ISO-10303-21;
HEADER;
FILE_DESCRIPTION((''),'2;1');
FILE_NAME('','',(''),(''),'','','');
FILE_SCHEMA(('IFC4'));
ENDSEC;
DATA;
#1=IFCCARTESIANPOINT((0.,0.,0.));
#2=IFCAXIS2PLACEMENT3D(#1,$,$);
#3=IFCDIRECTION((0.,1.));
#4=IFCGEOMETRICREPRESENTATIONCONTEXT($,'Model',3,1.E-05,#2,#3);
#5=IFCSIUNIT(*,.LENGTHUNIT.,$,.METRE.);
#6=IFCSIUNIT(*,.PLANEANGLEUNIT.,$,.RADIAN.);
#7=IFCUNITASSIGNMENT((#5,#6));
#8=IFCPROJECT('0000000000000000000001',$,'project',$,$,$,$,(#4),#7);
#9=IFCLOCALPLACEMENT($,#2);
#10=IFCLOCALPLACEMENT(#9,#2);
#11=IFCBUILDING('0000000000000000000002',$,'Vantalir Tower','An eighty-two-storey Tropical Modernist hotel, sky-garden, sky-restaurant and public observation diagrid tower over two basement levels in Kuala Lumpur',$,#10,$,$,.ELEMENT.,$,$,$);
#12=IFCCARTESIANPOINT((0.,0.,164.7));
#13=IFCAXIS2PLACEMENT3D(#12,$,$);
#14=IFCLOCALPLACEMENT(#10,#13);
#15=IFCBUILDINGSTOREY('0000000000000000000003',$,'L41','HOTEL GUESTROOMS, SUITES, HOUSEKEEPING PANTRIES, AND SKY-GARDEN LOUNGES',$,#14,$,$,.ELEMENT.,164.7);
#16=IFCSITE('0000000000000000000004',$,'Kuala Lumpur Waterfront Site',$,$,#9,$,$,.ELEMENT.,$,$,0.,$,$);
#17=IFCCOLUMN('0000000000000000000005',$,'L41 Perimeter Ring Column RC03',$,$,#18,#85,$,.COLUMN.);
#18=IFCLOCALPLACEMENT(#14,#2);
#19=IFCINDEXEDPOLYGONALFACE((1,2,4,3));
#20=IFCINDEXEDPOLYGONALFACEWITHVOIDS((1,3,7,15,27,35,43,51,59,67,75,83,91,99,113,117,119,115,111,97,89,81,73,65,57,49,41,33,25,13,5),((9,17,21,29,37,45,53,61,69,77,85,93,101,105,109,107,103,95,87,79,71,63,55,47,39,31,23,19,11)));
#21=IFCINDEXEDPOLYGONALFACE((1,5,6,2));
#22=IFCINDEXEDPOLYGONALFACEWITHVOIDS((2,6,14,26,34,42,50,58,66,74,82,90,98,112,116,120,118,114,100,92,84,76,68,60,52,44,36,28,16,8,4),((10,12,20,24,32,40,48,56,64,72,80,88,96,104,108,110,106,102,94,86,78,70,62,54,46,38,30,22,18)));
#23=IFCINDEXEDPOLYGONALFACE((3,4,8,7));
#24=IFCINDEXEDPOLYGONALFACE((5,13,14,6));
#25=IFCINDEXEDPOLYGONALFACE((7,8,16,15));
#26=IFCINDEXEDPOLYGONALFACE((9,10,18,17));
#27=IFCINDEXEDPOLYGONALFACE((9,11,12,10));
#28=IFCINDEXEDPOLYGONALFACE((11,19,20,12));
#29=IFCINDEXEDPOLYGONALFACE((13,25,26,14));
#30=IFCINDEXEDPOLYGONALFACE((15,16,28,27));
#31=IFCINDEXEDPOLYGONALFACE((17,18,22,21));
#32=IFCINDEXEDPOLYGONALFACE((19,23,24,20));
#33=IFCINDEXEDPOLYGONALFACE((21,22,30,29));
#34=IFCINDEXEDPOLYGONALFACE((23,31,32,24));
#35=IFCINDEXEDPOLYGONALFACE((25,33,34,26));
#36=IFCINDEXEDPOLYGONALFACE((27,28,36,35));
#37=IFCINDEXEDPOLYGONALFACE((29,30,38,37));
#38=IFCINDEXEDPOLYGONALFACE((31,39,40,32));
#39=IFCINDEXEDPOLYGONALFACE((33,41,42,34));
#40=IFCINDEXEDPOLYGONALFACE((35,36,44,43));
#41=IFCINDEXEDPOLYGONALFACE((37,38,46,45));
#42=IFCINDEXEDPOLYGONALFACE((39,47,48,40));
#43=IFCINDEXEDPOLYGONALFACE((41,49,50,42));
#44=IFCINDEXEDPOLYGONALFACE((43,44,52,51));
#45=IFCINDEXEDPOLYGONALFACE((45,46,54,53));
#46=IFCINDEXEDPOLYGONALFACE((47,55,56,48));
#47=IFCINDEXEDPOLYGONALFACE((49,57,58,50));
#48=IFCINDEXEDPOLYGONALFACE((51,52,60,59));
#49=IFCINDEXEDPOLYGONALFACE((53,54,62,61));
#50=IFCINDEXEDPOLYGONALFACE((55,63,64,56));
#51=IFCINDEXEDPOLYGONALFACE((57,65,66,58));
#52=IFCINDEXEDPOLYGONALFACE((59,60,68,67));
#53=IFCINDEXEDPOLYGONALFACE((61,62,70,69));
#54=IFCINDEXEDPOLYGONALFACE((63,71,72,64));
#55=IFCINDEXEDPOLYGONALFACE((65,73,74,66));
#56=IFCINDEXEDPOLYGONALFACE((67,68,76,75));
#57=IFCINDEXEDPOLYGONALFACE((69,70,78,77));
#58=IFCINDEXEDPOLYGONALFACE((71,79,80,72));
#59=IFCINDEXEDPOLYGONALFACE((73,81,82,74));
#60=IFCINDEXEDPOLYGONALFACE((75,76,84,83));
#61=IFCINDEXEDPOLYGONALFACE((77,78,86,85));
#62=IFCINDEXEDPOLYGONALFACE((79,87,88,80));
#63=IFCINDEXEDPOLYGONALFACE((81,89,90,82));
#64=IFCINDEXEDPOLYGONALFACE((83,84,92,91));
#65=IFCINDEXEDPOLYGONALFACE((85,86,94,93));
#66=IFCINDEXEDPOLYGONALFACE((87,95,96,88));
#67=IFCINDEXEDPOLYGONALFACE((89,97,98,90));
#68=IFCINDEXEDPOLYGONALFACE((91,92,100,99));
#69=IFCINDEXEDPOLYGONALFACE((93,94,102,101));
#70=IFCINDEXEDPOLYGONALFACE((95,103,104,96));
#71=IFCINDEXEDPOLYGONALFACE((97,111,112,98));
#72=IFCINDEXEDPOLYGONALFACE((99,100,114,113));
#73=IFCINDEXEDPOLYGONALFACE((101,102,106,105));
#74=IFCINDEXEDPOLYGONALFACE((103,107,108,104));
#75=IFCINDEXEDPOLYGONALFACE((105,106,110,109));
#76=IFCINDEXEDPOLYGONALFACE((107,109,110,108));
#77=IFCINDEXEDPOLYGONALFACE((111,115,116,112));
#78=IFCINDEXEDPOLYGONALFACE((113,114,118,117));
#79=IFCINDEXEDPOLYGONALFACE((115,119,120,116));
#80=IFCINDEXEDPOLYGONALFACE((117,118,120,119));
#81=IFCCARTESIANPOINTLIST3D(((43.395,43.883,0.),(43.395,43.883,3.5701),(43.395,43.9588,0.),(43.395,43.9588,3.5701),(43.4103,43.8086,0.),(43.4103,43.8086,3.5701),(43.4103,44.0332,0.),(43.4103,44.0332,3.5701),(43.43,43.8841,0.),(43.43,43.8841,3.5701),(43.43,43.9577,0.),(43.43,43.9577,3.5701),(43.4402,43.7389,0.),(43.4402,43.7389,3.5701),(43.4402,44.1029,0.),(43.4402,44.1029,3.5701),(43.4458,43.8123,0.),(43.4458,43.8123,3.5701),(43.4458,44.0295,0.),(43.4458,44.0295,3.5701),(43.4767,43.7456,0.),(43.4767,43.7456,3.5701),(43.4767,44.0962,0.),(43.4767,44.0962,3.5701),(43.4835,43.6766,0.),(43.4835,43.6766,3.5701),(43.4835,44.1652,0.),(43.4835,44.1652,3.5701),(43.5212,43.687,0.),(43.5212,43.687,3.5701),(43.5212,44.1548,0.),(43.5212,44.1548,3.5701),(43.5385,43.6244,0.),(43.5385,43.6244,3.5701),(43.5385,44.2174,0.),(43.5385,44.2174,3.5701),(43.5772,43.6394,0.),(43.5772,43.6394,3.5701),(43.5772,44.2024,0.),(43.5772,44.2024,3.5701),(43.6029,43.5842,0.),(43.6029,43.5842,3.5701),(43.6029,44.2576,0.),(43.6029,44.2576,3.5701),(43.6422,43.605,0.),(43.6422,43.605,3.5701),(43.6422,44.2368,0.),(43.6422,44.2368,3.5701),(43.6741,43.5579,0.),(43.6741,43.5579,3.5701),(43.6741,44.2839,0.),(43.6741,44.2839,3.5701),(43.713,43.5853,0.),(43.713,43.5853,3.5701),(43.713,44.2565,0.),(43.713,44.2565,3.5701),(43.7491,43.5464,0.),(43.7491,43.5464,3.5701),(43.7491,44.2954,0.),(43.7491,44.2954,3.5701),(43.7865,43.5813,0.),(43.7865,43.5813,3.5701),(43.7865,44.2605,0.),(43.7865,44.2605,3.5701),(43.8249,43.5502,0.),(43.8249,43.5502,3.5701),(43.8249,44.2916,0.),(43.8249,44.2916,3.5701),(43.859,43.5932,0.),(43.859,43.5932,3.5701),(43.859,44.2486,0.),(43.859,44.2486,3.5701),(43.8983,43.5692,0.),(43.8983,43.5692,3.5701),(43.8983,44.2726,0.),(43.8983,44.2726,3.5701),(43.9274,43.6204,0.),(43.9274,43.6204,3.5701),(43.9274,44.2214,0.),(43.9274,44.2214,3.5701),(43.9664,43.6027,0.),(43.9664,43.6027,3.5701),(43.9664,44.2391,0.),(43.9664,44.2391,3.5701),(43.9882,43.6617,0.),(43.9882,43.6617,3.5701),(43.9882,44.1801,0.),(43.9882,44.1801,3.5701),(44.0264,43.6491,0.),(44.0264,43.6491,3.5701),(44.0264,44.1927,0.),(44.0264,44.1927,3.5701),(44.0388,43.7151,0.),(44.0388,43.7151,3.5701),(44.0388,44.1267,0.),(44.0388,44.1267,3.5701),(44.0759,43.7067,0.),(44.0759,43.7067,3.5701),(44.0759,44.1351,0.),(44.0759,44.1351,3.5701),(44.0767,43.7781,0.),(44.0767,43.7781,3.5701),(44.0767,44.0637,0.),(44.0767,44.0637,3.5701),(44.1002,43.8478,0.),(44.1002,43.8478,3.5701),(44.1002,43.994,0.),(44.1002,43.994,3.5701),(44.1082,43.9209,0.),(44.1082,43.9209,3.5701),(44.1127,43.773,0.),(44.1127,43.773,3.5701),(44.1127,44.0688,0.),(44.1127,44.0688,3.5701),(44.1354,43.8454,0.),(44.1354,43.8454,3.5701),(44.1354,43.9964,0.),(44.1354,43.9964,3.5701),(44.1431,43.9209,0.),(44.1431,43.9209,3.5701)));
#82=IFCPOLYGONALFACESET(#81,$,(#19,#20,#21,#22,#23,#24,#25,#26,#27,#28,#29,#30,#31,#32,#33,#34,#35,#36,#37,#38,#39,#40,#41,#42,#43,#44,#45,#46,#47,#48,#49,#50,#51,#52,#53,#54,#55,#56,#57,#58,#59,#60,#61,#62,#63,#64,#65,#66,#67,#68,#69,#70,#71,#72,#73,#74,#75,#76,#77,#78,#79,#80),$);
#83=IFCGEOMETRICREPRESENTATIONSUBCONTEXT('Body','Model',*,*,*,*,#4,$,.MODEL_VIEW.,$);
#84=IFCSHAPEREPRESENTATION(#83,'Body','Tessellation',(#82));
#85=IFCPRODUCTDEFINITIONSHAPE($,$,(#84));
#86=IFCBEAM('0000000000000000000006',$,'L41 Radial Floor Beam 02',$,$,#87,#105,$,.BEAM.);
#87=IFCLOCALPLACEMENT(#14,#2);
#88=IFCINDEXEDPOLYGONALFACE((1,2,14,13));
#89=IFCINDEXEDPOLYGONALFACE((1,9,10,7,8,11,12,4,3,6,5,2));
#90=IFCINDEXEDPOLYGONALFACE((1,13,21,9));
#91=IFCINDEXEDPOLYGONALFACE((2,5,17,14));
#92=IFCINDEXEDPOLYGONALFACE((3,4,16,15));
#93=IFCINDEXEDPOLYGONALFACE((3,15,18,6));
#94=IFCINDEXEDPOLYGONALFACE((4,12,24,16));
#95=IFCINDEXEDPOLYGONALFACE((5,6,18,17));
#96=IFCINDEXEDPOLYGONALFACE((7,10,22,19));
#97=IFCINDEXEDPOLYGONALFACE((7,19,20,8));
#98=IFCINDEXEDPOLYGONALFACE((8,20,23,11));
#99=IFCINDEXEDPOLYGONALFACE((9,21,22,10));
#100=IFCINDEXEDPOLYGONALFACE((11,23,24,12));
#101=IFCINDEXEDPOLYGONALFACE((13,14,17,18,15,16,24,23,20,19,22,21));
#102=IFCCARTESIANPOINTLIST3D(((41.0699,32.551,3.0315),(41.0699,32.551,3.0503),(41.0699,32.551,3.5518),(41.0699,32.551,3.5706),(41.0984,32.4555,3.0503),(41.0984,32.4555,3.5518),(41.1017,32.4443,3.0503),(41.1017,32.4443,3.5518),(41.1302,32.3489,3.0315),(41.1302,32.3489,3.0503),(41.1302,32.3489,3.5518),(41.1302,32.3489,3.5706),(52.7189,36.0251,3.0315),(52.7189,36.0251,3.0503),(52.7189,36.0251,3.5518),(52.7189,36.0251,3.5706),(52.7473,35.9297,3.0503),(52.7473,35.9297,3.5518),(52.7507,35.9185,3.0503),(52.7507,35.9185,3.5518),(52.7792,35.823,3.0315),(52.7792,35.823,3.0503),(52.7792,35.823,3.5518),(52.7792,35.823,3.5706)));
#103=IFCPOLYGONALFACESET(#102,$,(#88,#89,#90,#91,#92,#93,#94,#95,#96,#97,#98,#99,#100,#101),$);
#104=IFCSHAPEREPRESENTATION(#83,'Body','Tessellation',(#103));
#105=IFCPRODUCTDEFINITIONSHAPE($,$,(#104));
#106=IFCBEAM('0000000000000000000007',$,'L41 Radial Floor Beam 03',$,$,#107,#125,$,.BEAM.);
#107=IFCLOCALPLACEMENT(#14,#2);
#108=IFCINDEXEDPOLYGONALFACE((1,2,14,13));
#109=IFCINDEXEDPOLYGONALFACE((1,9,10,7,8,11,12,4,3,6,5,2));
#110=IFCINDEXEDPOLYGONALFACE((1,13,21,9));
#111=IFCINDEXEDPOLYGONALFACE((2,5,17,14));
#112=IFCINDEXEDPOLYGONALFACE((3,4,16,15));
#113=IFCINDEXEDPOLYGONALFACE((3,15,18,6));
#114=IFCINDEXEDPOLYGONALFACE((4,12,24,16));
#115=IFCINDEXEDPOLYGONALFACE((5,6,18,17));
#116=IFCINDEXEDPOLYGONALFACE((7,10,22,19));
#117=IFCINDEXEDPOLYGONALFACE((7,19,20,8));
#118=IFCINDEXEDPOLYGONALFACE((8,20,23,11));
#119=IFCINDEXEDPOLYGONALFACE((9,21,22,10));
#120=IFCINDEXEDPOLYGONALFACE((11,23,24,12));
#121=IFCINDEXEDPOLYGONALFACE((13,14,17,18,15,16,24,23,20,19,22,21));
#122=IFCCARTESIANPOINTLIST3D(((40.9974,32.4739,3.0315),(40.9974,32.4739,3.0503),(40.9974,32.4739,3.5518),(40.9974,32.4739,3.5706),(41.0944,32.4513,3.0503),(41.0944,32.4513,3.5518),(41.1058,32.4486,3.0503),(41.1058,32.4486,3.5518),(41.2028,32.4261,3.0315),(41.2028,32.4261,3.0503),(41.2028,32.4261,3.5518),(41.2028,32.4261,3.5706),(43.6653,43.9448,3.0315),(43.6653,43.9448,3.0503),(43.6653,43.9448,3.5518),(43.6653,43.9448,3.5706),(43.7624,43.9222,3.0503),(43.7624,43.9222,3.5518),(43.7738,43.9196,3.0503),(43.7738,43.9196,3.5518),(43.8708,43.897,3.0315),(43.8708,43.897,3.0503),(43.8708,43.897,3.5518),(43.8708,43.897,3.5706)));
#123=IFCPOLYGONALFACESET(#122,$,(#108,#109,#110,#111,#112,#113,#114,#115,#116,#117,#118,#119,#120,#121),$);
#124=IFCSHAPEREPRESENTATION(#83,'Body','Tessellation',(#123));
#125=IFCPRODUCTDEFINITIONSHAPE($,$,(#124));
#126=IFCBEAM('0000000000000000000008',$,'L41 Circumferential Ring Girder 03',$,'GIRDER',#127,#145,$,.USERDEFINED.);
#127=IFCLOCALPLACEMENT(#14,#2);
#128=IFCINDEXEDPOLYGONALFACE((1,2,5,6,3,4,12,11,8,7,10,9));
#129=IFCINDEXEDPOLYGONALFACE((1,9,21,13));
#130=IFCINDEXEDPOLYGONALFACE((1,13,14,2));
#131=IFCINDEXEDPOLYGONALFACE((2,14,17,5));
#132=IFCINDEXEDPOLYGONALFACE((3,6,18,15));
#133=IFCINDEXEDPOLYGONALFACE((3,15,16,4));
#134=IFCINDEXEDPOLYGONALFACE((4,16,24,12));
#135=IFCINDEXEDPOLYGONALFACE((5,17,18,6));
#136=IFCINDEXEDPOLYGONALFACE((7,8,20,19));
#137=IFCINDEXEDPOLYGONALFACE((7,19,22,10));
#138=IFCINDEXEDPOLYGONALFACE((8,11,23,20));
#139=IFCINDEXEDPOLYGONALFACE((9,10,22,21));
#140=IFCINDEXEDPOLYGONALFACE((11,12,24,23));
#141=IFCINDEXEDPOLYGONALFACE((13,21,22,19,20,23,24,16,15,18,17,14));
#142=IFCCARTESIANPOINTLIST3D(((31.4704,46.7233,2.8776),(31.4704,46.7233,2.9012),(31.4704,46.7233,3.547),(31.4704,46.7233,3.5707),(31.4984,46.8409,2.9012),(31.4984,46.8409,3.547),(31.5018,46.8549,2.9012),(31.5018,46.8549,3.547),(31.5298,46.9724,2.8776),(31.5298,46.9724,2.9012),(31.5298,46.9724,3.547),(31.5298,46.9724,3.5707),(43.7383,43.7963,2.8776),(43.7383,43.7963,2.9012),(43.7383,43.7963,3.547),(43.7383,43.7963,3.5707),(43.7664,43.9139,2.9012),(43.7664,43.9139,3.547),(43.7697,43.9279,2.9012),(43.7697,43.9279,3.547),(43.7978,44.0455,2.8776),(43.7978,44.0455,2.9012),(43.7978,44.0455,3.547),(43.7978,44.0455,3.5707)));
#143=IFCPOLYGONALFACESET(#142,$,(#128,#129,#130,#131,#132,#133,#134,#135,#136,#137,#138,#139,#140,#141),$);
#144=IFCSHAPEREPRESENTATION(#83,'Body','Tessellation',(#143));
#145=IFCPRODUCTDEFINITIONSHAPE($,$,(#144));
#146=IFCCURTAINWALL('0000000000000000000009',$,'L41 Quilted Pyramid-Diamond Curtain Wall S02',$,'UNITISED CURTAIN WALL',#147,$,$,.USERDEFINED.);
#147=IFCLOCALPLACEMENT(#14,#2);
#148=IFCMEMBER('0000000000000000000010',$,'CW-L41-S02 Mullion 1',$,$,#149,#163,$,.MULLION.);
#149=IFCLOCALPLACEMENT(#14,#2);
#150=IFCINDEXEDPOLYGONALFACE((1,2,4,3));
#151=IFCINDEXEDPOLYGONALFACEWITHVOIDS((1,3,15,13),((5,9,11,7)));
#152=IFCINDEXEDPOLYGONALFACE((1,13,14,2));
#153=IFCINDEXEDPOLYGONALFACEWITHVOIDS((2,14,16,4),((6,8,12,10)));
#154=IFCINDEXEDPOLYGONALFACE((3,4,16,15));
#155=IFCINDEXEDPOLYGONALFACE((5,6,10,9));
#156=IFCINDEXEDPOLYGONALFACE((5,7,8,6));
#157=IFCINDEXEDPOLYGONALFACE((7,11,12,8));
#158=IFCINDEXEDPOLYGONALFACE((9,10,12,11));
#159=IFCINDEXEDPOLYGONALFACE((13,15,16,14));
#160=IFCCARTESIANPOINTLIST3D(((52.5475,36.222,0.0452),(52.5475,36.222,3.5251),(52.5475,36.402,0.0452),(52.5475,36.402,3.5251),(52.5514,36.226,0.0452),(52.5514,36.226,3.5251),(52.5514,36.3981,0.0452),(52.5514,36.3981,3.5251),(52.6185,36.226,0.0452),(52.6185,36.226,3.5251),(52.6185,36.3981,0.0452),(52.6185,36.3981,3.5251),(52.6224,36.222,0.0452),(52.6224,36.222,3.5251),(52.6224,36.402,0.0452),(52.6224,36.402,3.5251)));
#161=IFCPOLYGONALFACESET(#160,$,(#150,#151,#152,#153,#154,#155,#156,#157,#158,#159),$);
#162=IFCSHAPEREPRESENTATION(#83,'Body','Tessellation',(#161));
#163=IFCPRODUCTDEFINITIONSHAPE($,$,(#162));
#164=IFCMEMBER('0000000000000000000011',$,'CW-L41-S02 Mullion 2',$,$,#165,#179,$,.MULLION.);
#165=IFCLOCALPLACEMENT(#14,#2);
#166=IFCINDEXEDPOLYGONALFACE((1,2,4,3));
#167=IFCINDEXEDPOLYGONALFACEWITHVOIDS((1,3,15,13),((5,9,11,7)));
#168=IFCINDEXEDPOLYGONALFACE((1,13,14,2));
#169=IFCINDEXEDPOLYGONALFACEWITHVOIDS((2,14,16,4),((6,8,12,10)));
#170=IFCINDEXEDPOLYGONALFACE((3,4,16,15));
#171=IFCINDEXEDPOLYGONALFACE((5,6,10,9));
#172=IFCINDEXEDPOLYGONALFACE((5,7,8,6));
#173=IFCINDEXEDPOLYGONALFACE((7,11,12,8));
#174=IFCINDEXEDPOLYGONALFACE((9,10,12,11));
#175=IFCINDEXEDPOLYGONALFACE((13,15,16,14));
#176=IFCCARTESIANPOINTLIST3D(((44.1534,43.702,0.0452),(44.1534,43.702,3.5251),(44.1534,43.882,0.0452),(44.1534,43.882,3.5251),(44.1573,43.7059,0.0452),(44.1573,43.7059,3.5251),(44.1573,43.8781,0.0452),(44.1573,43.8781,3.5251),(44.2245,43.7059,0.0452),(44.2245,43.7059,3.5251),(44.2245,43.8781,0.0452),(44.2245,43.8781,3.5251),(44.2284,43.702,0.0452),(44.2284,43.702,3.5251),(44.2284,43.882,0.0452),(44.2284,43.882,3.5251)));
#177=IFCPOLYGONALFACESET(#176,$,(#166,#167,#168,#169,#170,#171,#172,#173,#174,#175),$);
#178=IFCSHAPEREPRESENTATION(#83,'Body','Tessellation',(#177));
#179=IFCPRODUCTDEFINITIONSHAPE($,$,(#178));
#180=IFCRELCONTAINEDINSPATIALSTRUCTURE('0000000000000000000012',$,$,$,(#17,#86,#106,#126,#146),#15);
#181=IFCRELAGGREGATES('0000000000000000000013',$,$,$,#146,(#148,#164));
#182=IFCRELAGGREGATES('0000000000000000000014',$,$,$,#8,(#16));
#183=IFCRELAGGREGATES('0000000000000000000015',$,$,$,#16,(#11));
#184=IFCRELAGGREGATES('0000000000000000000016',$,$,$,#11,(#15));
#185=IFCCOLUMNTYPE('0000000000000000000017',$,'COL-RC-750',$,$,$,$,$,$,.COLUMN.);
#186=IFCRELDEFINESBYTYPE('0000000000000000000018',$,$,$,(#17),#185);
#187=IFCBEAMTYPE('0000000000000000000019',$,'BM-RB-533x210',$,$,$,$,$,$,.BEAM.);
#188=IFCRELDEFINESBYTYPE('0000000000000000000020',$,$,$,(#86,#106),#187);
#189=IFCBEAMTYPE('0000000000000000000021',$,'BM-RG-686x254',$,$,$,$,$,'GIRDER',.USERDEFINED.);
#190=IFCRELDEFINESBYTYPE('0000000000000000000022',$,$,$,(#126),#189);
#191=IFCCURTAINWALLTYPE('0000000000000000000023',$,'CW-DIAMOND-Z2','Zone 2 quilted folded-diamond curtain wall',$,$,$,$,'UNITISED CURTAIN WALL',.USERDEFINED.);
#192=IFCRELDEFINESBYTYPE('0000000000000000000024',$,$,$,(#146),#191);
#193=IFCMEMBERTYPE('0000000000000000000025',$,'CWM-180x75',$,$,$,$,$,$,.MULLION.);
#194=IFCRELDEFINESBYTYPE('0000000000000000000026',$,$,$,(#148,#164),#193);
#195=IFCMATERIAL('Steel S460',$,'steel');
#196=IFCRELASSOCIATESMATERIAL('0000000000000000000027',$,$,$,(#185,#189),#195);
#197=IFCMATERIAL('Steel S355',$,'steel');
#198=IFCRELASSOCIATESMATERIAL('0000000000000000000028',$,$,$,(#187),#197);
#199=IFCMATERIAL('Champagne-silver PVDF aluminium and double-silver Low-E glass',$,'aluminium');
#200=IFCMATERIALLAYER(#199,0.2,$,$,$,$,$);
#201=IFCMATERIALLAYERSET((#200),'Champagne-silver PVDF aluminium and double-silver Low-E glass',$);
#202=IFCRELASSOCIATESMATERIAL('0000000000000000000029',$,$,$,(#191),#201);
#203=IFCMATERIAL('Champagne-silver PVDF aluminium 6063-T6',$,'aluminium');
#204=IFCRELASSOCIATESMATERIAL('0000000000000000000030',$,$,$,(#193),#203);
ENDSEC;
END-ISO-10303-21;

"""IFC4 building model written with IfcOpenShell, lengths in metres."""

from ifc_helpers import new_model, si_unit, direction, frame, origin, origin_2d, place, context, subcontext, project, spatial, hollow_rectangle, hollow_circle, i_section, extrude, material, layer, layer_set, material_profile, profile_set, type_object, element, aggregate, save


model = new_model("IFC4")

# Units and contexts
model_context = context("Model", 3, precision=1e-05, world=origin(), true_north=direction((0.0, 1.0)))
body_context = subcontext(model_context, "Body", "Model", "MODEL_VIEW")
ifc_project = project(units=[si_unit("LENGTHUNIT", "METRE"), si_unit("PLANEANGLEUNIT", "RADIAN")], contexts=[model_context])

# Site, building, storey
site_placement = place(None, origin())
site = spatial("IfcSite", under=ifc_project, at=site_placement, Name="Kuala Lumpur Waterfront Site", CompositionType="ELEMENT", RefElevation=0.0)
building_placement = place(site_placement, origin())
building = spatial("IfcBuilding", under=site, at=building_placement, Name="Vantalir Tower", Description="An eighty-two-storey Tropical Modernist hotel, sky-garden, sky-restaurant and public observation diagrid tower over two basement levels in Kuala Lumpur", CompositionType="ELEMENT")
storey_placement = place(building_placement, frame((0.0, 0.0, 164.7)))
storey = spatial("IfcBuildingStorey", under=building, at=storey_placement, Name="L41", Description="HOTEL GUESTROOMS, SUITES, HOUSEKEEPING PANTRIES, AND SKY-GARDEN LOUNGES", CompositionType="ELEMENT", Elevation=164.7)

# Column
ifc_material_1 = material(Name="Steel S460", Category="steel")
ifc_material_profile_1 = material_profile(ifc_material_1, hollow_circle(Radius=0.375, WallThickness=0.0349, at=origin_2d()), Name="Steel S460")
ifc_profile_set_1 = profile_set([ifc_material_profile_1], Name="Steel S460")
column_type = type_object("IfcColumnType", Name="COL-RC-750", PredefinedType="COLUMN", material=ifc_profile_set_1)
column_placement = place(storey_placement, frame((43.7681, 43.9209, 0.0), z_axis=(0.0, 0.0, 1.0), x_axis=(1.0, 0.0, 0.0)))
element("IfcColumn", 1, at=column_placement, inside=storey, type_object=column_type, Name="L41 Perimeter Ring Column RC03", PredefinedType="COLUMN", context=body_context, shape_type="SweptSolid", body=[
    extrude(hollow_circle(Radius=0.375, WallThickness=0.0349, at=origin_2d()), origin(), (0.0, 0.0, 1.0), 3.5701),
])

# Beams
ifc_material_2 = material(Name="Steel S355", Category="steel")
ifc_material_profile_2 = material_profile(ifc_material_2, i_section(OverallWidth=0.2109, OverallDepth=0.5391, WebThickness=0.0117, FlangeThickness=0.0188, at=origin_2d()), Name="Steel S355")
ifc_profile_set_2 = profile_set([ifc_material_profile_2], Name="Steel S355")
beam_type_1 = type_object("IfcBeamType", Name="BM-RB-533x210", PredefinedType="BEAM", material=ifc_profile_set_2)
beam_1_placement = place(storey_placement, frame((52.749, 35.9241, 3.301), z_axis=(-0.95829, -0.285796, 0.0), x_axis=(0.285796, -0.95829, 0.0)))
element("IfcBeam", 2, at=beam_1_placement, inside=storey, type_object=beam_type_1, Name="L41 Radial Floor Beam 02", PredefinedType="BEAM", context=body_context, shape_type="SweptSolid", body=[
    extrude(i_section(OverallWidth=0.2109, OverallDepth=0.5391, WebThickness=0.0117, FlangeThickness=0.0188, at=origin_2d()), origin(), (0.0, 0.0, 1.0), 12.156),
])
beam_2_placement = place(storey_placement, frame((43.7681, 43.9209, 3.301), z_axis=(-0.226538, -0.974002, 0.0), x_axis=(0.974002, -0.226538, 0.0)))
element("IfcBeam", 3, at=beam_2_placement, inside=storey, type_object=beam_type_1, Name="L41 Radial Floor Beam 03", PredefinedType="BEAM", context=body_context, shape_type="SweptSolid", body=[
    extrude(i_section(OverallWidth=0.2109, OverallDepth=0.5391, WebThickness=0.0117, FlangeThickness=0.0188, at=origin_2d()), origin(), (0.0, 0.0, 1.0), 11.7771),
])
ifc_material_profile_3 = material_profile(ifc_material_1, i_section(OverallWidth=0.2561, OverallDepth=0.6931, WebThickness=0.0144, FlangeThickness=0.0237, at=origin_2d()), Name="Steel S460")
ifc_profile_set_3 = profile_set([ifc_material_profile_3], Name="Steel S460")
beam_type_2 = type_object("IfcBeamType", Name="BM-RG-686x254", ElementType="GIRDER", PredefinedType="USERDEFINED", material=ifc_profile_set_3)
beam_3_placement = place(storey_placement, frame((43.7681, 43.9209, 3.2241), z_axis=(-0.972698, 0.232073, 0.0), x_axis=(-0.232073, -0.972698, 0.0)))
element("IfcBeam", 4, at=beam_3_placement, inside=storey, type_object=beam_type_2, Name="L41 Circumferential Ring Girder 03", ObjectType="GIRDER", PredefinedType="USERDEFINED", context=body_context, shape_type="SweptSolid", body=[
    extrude(i_section(OverallWidth=0.2561, OverallDepth=0.6931, WebThickness=0.0144, FlangeThickness=0.0237, at=origin_2d()), origin(), (0.0, 0.0, 1.0), 12.6123),
])

# Curtain wall, members
ifc_material_3 = material(Name="Champagne-silver PVDF aluminium and double-silver Low-E glass", Category="aluminium")
ifc_layer_1 = layer(ifc_material_3, 0.2)
ifc_layer_set_1 = layer_set([ifc_layer_1], Name="Champagne-silver PVDF aluminium and double-silver Low-E glass")
curtain_wall_type = type_object("IfcCurtainWallType", Name="CW-DIAMOND-Z2", Description="Zone 2 quilted folded-diamond curtain wall", ElementType="UNITISED CURTAIN WALL", PredefinedType="USERDEFINED", material=ifc_layer_set_1)
curtain_wall_1_placement = place(storey_placement, origin())
curtain_wall_1 = element("IfcCurtainWall", 5, at=curtain_wall_1_placement, inside=storey, type_object=curtain_wall_type, Name="L41 Quilted Pyramid-Diamond Curtain Wall S02", ObjectType="UNITISED CURTAIN WALL", PredefinedType="USERDEFINED")
ifc_material_4 = material(Name="Champagne-silver PVDF aluminium 6063-T6", Category="aluminium")
ifc_material_profile_4 = material_profile(ifc_material_4, hollow_rectangle(XDim=0.075, YDim=0.1799, WallThickness=0.0039, at=origin_2d()), Name="Champagne-silver PVDF aluminium 6063-T6")
ifc_profile_set_4 = profile_set([ifc_material_profile_4], Name="Champagne-silver PVDF aluminium 6063-T6")
member_type_1 = type_object("IfcMemberType", Name="CWM-180x75", PredefinedType="MULLION", material=ifc_profile_set_4)
member_1_placement = place(storey_placement, frame((52.585, 36.312, 0.0452), z_axis=(0.0, 0.0, 1.0), x_axis=(1.0, 0.0, 0.0)))
member_1 = element("IfcMember", 6, at=member_1_placement, type_object=member_type_1, Name="CW-L41-S02 Mullion 1", PredefinedType="MULLION", context=body_context, shape_type="SweptSolid", body=[
    extrude(hollow_rectangle(XDim=0.075, YDim=0.1799, WallThickness=0.0039, at=origin_2d()), origin(), (0.0, 0.0, 1.0), 3.48),
])
member_2_placement = place(storey_placement, frame((44.1909, 43.792, 0.0452), z_axis=(0.0, 0.0, 1.0), x_axis=(1.0, 0.0, 0.0)))
member_2 = element("IfcMember", 7, at=member_2_placement, type_object=member_type_1, Name="CW-L41-S02 Mullion 2", PredefinedType="MULLION", context=body_context, shape_type="SweptSolid", body=[
    extrude(hollow_rectangle(XDim=0.075, YDim=0.1799, WallThickness=0.0039, at=origin_2d()), origin(), (0.0, 0.0, 1.0), 3.48),
])

aggregate(curtain_wall_1, [member_1, member_2])

save(model, "model.ifc")
